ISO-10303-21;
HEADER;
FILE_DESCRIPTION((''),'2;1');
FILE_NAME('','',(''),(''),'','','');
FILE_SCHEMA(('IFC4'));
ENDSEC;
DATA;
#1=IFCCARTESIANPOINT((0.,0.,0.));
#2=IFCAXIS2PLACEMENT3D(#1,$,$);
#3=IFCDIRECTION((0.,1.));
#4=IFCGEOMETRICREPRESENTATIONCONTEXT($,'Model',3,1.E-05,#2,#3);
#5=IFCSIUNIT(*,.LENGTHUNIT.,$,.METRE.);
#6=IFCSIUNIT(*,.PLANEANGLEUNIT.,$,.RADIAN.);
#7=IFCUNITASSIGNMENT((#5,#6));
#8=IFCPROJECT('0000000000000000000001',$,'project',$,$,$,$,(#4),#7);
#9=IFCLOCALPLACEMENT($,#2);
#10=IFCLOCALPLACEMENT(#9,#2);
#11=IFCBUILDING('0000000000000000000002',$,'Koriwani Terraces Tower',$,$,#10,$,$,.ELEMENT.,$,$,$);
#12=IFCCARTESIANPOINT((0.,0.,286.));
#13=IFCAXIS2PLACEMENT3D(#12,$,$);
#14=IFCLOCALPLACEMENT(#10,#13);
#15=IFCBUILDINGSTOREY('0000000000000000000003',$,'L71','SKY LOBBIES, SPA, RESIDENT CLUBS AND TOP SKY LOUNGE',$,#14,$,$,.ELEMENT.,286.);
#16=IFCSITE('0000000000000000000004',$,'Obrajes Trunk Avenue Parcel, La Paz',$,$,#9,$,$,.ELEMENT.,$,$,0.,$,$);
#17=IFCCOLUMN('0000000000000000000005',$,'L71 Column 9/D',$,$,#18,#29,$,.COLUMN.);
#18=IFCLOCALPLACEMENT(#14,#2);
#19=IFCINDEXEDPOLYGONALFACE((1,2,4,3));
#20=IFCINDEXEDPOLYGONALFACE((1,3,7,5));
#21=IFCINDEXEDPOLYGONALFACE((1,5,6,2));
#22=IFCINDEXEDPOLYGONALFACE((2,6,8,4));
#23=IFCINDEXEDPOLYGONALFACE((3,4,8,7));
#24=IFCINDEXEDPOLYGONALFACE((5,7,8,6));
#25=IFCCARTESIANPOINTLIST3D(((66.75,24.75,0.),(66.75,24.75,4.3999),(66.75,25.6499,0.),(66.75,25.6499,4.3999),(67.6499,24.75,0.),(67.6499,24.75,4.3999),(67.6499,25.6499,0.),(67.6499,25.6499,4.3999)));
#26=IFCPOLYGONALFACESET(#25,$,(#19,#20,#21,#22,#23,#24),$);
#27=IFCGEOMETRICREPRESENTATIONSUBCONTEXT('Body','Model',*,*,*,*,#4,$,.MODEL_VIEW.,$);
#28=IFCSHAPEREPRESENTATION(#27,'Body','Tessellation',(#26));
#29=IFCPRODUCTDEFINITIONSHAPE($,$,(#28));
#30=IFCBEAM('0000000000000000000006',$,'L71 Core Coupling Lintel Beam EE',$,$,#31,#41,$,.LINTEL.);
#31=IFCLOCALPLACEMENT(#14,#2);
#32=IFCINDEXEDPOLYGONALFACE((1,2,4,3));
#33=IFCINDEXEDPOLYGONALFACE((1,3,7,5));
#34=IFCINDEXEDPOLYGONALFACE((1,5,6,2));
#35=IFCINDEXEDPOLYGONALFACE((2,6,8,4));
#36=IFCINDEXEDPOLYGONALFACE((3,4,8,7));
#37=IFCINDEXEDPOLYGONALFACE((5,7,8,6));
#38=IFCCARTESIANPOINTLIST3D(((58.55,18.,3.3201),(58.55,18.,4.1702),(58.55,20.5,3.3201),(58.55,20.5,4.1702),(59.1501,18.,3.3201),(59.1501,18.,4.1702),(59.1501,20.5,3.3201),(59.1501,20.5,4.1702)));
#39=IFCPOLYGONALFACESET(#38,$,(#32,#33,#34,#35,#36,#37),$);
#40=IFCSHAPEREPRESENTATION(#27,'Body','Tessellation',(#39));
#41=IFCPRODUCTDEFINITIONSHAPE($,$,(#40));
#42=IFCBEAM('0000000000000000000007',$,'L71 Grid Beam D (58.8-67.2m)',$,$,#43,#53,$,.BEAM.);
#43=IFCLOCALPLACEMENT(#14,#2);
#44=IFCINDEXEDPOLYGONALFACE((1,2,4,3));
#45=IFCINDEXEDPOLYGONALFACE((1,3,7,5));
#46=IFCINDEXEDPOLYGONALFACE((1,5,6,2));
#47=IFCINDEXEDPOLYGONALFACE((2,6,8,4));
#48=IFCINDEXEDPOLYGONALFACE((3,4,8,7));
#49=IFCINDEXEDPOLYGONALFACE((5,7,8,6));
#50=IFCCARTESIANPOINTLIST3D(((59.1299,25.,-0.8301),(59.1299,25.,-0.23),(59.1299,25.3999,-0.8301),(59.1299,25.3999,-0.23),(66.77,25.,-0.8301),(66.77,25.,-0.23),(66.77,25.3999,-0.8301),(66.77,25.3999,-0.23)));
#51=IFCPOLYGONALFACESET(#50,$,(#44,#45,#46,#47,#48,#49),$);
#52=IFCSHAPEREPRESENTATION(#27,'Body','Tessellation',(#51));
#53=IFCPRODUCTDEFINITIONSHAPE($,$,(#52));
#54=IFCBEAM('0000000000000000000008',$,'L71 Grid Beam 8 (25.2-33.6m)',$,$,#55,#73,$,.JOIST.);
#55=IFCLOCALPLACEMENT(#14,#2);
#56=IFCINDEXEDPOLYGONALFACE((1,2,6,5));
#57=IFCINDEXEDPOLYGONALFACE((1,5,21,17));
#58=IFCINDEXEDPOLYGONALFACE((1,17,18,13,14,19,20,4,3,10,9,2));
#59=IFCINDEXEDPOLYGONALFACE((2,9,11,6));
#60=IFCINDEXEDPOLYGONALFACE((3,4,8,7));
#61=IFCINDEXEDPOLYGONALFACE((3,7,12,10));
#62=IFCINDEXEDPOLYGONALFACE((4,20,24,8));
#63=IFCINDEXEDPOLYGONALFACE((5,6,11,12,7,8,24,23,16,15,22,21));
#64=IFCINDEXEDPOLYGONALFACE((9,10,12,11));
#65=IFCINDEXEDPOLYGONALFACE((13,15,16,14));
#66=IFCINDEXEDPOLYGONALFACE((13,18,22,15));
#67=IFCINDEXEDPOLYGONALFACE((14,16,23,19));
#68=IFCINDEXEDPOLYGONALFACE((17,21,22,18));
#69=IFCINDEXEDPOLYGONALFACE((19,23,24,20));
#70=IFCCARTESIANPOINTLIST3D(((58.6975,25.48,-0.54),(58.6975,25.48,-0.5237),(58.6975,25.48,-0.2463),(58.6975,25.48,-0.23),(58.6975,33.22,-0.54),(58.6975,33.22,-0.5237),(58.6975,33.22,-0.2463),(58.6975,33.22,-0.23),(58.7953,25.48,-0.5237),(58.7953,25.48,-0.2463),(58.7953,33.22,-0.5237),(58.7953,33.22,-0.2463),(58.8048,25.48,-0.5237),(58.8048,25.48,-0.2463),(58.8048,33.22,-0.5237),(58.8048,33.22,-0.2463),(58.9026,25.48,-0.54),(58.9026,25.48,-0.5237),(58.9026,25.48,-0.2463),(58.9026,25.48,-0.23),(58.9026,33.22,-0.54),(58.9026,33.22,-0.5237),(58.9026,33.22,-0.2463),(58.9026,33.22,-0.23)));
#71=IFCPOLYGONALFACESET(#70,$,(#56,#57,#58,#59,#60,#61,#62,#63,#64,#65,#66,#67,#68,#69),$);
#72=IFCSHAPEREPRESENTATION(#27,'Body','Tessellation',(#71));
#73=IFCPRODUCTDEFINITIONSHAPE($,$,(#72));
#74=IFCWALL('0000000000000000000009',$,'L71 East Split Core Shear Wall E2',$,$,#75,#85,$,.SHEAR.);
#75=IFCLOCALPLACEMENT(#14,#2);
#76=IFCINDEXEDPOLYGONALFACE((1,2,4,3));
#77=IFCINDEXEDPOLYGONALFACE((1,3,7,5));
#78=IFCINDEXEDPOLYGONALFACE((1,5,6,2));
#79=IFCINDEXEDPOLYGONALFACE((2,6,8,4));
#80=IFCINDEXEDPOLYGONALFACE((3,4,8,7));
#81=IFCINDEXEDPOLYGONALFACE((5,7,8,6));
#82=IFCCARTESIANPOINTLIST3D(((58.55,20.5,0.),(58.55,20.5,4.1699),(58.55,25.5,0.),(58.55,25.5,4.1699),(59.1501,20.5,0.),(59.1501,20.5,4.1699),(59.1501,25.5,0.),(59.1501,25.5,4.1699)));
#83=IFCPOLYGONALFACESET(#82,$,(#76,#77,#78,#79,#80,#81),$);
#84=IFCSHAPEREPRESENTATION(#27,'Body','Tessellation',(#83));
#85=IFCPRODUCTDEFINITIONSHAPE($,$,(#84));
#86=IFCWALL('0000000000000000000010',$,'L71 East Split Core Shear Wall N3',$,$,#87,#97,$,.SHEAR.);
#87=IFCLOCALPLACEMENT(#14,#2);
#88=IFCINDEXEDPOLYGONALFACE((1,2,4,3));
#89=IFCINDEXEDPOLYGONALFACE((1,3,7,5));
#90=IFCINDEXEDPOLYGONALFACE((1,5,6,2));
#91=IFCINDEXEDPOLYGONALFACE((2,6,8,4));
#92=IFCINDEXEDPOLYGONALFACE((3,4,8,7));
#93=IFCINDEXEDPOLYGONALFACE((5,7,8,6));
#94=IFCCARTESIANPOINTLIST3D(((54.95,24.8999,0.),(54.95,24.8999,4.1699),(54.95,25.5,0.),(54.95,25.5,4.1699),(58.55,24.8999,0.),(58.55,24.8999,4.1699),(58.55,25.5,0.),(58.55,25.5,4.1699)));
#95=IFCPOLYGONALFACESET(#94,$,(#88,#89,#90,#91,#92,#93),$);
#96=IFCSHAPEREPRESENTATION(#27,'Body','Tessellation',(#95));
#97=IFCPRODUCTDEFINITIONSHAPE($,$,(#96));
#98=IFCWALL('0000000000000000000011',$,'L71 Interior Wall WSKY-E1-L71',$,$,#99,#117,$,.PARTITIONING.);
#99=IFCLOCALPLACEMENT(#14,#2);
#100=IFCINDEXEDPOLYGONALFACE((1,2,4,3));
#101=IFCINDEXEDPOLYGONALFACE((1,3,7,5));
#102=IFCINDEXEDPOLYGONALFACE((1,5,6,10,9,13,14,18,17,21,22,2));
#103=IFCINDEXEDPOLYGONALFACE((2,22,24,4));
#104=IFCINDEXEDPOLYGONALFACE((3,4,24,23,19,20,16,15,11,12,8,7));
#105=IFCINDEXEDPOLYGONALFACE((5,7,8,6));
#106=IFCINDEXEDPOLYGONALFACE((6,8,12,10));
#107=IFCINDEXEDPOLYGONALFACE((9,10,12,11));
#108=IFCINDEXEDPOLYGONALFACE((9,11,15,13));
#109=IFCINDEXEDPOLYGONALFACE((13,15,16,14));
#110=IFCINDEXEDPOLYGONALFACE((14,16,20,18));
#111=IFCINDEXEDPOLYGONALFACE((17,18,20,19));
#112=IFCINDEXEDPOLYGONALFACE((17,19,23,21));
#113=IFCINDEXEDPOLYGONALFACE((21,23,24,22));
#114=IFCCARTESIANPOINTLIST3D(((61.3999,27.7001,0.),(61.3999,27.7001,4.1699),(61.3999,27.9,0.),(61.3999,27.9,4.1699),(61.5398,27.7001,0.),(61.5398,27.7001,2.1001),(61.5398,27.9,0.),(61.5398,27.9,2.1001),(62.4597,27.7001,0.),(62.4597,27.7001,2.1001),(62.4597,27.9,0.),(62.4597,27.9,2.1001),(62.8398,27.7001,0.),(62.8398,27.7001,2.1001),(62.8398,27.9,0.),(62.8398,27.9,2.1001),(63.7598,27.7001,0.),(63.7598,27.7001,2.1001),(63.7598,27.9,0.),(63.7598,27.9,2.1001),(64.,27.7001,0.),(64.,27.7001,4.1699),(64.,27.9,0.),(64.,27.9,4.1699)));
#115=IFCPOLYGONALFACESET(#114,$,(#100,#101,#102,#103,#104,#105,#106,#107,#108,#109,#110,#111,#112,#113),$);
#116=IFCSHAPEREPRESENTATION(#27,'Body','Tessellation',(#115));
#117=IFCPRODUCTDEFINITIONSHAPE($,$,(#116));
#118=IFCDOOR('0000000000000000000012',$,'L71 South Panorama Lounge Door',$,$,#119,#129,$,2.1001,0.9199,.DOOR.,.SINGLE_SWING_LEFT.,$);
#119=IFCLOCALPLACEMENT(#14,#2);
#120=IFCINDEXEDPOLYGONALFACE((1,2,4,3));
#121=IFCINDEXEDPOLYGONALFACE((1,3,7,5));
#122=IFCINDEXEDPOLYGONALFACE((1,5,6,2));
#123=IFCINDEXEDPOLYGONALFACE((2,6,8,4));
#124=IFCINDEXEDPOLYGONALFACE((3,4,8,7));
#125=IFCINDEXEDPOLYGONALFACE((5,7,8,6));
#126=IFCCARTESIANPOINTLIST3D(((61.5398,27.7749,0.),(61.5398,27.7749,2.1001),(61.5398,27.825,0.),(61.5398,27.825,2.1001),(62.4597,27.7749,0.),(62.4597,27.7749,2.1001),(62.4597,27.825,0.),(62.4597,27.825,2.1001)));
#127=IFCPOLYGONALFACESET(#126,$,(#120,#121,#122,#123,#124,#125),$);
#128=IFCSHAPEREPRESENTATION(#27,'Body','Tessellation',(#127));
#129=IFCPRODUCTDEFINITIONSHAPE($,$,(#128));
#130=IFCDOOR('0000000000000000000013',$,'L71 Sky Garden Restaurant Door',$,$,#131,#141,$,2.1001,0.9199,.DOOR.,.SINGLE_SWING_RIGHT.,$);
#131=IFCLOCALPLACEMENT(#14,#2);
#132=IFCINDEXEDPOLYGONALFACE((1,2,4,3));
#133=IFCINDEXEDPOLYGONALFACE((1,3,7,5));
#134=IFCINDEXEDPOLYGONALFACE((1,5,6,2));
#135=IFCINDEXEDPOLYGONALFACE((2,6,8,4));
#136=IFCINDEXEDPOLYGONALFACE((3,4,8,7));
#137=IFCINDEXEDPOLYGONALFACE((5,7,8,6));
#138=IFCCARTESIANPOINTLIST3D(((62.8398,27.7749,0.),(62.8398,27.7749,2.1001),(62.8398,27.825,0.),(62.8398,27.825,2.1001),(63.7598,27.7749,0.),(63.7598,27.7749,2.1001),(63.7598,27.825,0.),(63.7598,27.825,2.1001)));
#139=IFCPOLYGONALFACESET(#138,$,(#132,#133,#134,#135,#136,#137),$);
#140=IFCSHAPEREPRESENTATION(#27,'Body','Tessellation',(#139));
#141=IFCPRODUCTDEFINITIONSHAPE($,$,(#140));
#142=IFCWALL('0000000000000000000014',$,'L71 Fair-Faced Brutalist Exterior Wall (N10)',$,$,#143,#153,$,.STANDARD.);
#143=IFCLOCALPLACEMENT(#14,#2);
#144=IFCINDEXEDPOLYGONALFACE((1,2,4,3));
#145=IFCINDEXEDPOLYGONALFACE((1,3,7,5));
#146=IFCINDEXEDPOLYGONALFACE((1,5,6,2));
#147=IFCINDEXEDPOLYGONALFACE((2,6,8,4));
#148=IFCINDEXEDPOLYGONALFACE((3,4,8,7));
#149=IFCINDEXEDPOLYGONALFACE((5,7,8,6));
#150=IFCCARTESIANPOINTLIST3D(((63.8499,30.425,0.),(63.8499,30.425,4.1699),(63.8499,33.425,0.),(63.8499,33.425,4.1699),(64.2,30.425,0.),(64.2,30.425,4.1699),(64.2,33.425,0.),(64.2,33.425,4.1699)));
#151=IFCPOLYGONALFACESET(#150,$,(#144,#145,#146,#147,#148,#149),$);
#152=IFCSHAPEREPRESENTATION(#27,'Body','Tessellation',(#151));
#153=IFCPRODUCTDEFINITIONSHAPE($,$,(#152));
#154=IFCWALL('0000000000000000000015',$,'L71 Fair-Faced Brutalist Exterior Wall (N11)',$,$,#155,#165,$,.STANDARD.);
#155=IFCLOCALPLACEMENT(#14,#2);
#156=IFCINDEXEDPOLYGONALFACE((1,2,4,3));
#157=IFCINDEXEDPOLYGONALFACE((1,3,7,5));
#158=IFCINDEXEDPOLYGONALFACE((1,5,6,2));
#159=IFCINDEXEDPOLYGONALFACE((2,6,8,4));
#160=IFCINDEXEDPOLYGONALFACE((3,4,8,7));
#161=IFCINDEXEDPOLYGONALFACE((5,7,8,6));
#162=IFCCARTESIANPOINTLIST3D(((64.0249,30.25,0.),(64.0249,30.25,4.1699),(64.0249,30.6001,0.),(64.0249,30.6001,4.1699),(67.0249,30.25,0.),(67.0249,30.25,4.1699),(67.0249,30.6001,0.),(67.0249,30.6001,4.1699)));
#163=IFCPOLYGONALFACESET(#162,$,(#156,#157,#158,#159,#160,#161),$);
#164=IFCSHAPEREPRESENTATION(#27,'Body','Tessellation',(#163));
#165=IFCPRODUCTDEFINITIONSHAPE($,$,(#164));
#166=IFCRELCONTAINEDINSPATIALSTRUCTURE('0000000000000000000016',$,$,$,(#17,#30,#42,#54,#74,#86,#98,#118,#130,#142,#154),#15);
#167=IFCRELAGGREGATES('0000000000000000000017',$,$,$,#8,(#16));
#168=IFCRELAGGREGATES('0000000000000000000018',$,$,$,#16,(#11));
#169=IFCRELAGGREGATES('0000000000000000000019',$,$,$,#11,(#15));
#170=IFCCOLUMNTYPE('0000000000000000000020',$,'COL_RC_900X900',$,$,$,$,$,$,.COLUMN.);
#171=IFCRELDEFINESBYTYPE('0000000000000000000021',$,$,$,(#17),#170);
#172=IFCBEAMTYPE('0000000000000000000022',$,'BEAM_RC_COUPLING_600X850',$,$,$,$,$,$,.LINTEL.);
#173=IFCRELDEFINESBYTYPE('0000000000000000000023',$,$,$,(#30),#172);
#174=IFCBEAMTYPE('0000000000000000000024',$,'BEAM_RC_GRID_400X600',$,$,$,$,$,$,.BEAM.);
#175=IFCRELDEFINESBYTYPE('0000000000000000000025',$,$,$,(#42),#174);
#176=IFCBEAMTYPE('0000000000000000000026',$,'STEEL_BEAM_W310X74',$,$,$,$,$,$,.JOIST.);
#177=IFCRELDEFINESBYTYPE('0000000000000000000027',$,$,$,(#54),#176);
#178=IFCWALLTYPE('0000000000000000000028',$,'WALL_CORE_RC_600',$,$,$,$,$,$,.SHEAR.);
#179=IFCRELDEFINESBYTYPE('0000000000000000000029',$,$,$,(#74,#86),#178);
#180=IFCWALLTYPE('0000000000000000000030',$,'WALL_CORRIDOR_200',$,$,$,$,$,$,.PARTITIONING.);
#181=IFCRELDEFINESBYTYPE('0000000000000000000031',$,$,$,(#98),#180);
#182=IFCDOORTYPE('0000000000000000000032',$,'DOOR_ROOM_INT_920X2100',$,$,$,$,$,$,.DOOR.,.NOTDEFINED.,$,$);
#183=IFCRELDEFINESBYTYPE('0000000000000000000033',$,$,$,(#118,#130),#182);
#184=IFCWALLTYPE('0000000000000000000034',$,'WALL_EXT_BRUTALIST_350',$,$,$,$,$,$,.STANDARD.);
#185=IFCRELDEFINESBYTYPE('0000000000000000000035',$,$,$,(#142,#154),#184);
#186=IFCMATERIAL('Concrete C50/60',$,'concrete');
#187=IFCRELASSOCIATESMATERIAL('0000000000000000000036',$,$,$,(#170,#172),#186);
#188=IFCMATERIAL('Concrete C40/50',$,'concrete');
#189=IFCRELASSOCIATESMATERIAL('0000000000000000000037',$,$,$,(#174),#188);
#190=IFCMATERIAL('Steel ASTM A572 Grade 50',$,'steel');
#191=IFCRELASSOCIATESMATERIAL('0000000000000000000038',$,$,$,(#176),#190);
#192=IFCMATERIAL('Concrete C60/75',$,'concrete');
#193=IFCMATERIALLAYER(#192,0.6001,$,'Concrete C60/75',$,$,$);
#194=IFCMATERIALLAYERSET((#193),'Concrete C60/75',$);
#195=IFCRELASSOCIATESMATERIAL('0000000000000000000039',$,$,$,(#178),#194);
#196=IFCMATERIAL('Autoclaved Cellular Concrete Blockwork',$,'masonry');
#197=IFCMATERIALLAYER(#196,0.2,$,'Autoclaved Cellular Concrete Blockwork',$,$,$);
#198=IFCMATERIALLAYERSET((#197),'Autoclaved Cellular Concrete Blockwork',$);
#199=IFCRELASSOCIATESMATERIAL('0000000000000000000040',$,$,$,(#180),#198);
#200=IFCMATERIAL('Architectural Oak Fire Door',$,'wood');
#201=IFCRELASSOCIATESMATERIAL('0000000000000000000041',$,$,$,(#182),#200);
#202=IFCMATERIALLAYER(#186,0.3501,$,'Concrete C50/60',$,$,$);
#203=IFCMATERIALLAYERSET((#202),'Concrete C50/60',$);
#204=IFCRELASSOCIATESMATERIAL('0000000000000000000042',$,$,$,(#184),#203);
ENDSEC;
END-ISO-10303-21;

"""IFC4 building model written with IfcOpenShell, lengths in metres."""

from ifc_helpers import new_model, si_unit, direction, frame, frame_2d, origin, origin_2d, place, context, subcontext, project, spatial, rectangle, i_section, extrude, material, layer, layer_set, material_profile, profile_set, type_object, element, fill, save


model = new_model("IFC4")

# Units and contexts
model_context = context("Model", 3, precision=1e-05, world=origin(), true_north=direction((0.0, 1.0)))
body_context = subcontext(model_context, "Body", "Model", "MODEL_VIEW")
ifc_project = project(units=[si_unit("LENGTHUNIT", "METRE"), si_unit("PLANEANGLEUNIT", "RADIAN")], contexts=[model_context])

# Site, building, storey
site_placement = place(None, origin())
site = spatial("IfcSite", under=ifc_project, at=site_placement, Name="Obrajes Trunk Avenue Parcel, La Paz", CompositionType="ELEMENT", RefElevation=0.0)
building_placement = place(site_placement, origin())
building = spatial("IfcBuilding", under=site, at=building_placement, Name="Koriwani Terraces Tower", CompositionType="ELEMENT")
storey_placement = place(building_placement, frame((0.0, 0.0, 286.0)))
storey = spatial("IfcBuildingStorey", under=building, at=storey_placement, Name="L71", Description="SKY LOBBIES, SPA, RESIDENT CLUBS AND TOP SKY LOUNGE", CompositionType="ELEMENT", Elevation=286.0)

# Column
ifc_material_1 = material(Name="Concrete C50/60", Category="concrete")
ifc_material_profile_1 = material_profile(ifc_material_1, rectangle(XDim=0.8999, YDim=0.8999, at=origin_2d()), Name="Concrete C50/60", Category="LoadBearing")
ifc_profile_set_1 = profile_set([ifc_material_profile_1], Name="Concrete C50/60")
column_type = type_object("IfcColumnType", Name="COL_RC_900X900", PredefinedType="COLUMN", material=ifc_profile_set_1)
column_placement = place(storey_placement, frame((67.2, 25.2, 0.0), z_axis=(0.0, 0.0, 1.0), x_axis=(1.0, 0.0, 0.0)))
element("IfcColumn", 1, at=column_placement, inside=storey, type_object=column_type, Name="L71 Column 9/D", PredefinedType="COLUMN", context=body_context, shape_type="SweptSolid", body=[
    extrude(rectangle(XDim=0.8999, YDim=0.8999, at=origin_2d()), origin(), (0.0, 0.0, 1.0), 4.3999),
])

# Beams
ifc_material_profile_2 = material_profile(ifc_material_1, rectangle(XDim=0.6001, YDim=0.8501, at=origin_2d()), Name="Concrete C50/60", Category="LoadBearing")
ifc_profile_set_2 = profile_set([ifc_material_profile_2], Name="Concrete C50/60")
beam_type_1 = type_object("IfcBeamType", Name="BEAM_RC_COUPLING_600X850", PredefinedType="LINTEL", material=ifc_profile_set_2)
beam_1_placement = place(storey_placement, frame((58.8501, 18.0, 3.7451), z_axis=(0.0, 1.0, 0.0), x_axis=(-1.0, 0.0, 0.0)))
element("IfcBeam", 2, at=beam_1_placement, inside=storey, type_object=beam_type_1, Name="L71 Core Coupling Lintel Beam EE", PredefinedType="LINTEL", context=body_context, shape_type="SweptSolid", body=[
    extrude(rectangle(XDim=0.6001, YDim=0.8501, at=origin_2d()), origin(), (0.0, 0.0, 1.0), 2.5),
])
ifc_material_2 = material(Name="Concrete C40/50", Category="concrete")
ifc_material_profile_3 = material_profile(ifc_material_2, rectangle(XDim=0.3999, YDim=0.6001, at=origin_2d()), Name="Concrete C40/50", Category="LoadBearing")
ifc_profile_set_3 = profile_set([ifc_material_profile_3], Name="Concrete C40/50")
beam_type_2 = type_object("IfcBeamType", Name="BEAM_RC_GRID_400X600", PredefinedType="BEAM", material=ifc_profile_set_3)
beam_2_placement = place(storey_placement, frame((59.1299, 25.2, -0.53), z_axis=(1.0, 0.0, 0.0), x_axis=(0.0, 1.0, 0.0)))
element("IfcBeam", 3, at=beam_2_placement, inside=storey, type_object=beam_type_2, Name="L71 Grid Beam D (58.8-67.2m)", PredefinedType="BEAM", context=body_context, shape_type="SweptSolid", body=[
    extrude(rectangle(XDim=0.3999, YDim=0.6001, at=origin_2d()), origin(), (0.0, 0.0, 1.0), 7.6401),
])
ifc_material_3 = material(Name="Steel ASTM A572 Grade 50", Category="steel")
ifc_material_profile_4 = material_profile(ifc_material_3, i_section(OverallWidth=0.2051, OverallDepth=0.3101, WebThickness=0.0095, FlangeThickness=0.0164, at=origin_2d()), Name="Steel ASTM A572 Grade 50", Category="LoadBearing")
ifc_profile_set_4 = profile_set([ifc_material_profile_4], Name="Steel ASTM A572 Grade 50")
beam_type_3 = type_object("IfcBeamType", Name="STEEL_BEAM_W310X74", PredefinedType="JOIST", material=ifc_profile_set_4)
beam_3_placement = place(storey_placement, frame((58.8, 25.48, -0.385), z_axis=(0.0, 1.0, 0.0), x_axis=(-1.0, 0.0, 0.0)))
element("IfcBeam", 4, at=beam_3_placement, inside=storey, type_object=beam_type_3, Name="L71 Grid Beam 8 (25.2-33.6m)", PredefinedType="JOIST", context=body_context, shape_type="SweptSolid", body=[
    extrude(i_section(OverallWidth=0.2051, OverallDepth=0.3101, WebThickness=0.0095, FlangeThickness=0.0164, at=origin_2d()), origin(), (0.0, 0.0, 1.0), 7.74),
])

# Walls
ifc_material_4 = material(Name="Concrete C60/75", Category="concrete")
ifc_layer_1 = layer(ifc_material_4, 0.6001, Name="Concrete C60/75")
ifc_layer_set_1 = layer_set([ifc_layer_1], Name="Concrete C60/75")
wall_type_1 = type_object("IfcWallType", Name="WALL_CORE_RC_600", PredefinedType="SHEAR", material=ifc_layer_set_1)
wall_1_placement = place(storey_placement, frame((58.8501, 20.5, 0.0), z_axis=(0.0, 0.0, 1.0), x_axis=(0.0, 1.0, 0.0)))
element("IfcWall", 5, at=wall_1_placement, inside=storey, type_object=wall_type_1, Name="L71 East Split Core Shear Wall E2", PredefinedType="SHEAR", context=body_context, shape_type="SweptSolid", body=[
    extrude(rectangle(XDim=5.0, YDim=0.6001, at=frame_2d((2.5, 0.0))), origin(), (0.0, 0.0, 1.0), 4.1699),
])
wall_2_placement = place(storey_placement, frame((54.95, 25.2, 0.0), z_axis=(0.0, 0.0, 1.0), x_axis=(1.0, 0.0, 0.0)))
element("IfcWall", 6, at=wall_2_placement, inside=storey, type_object=wall_type_1, Name="L71 East Split Core Shear Wall N3", PredefinedType="SHEAR", context=body_context, shape_type="SweptSolid", body=[
    extrude(rectangle(XDim=3.6001, YDim=0.6001, at=frame_2d((1.8, 0.0))), origin(), (0.0, 0.0, 1.0), 4.1699),
])

# Wall, openings, doors
ifc_material_5 = material(Name="Autoclaved Cellular Concrete Blockwork", Category="masonry")
ifc_layer_2 = layer(ifc_material_5, 0.2, Name="Autoclaved Cellular Concrete Blockwork")
ifc_layer_set_2 = layer_set([ifc_layer_2], Name="Autoclaved Cellular Concrete Blockwork")
wall_type_2 = type_object("IfcWallType", Name="WALL_CORRIDOR_200", PredefinedType="PARTITIONING", material=ifc_layer_set_2)
wall_3_placement = place(storey_placement, frame((61.3999, 27.8, 0.0), z_axis=(0.0, 0.0, 1.0), x_axis=(1.0, 0.0, 0.0)))
wall_3 = element("IfcWall", 7, at=wall_3_placement, inside=storey, type_object=wall_type_2, Name="L71 Interior Wall WSKY-E1-L71", PredefinedType="PARTITIONING", context=body_context, shape_type="SweptSolid", body=[
    extrude(rectangle(XDim=2.6001, YDim=0.2, at=frame_2d((1.3, 0.0))), origin(), (0.0, 0.0, 1.0), 4.1699),
])
opening_1_placement = place(wall_3_placement, frame((0.1399, 0.0, 0.0)))
opening_1 = element("IfcOpeningElement", 8, at=opening_1_placement, cuts=wall_3, PredefinedType="OPENING", context=body_context, shape_type="SweptSolid", body=[
    extrude(rectangle(XDim=0.9199, YDim=2.1001, at=frame_2d((0.46, 1.05))), frame((0.0, 0.1099, 0.0), z_axis=(0.0, -1.0, 0.0), x_axis=(1.0, 0.0, 0.0)), (0.0, 0.0, 1.0), 0.22),
])
opening_2_placement = place(wall_3_placement, frame((1.4399, 0.0, 0.0)))
opening_2 = element("IfcOpeningElement", 9, at=opening_2_placement, cuts=wall_3, PredefinedType="OPENING", context=body_context, shape_type="SweptSolid", body=[
    extrude(rectangle(XDim=0.9199, YDim=2.1001, at=frame_2d((0.46, 1.05))), frame((0.0, 0.1099, 0.0), z_axis=(0.0, -1.0, 0.0), x_axis=(1.0, 0.0, 0.0)), (0.0, 0.0, 1.0), 0.22),
])
ifc_material_6 = material(Name="Architectural Oak Fire Door", Category="wood")
door_type_1 = type_object("IfcDoorType", Name="DOOR_ROOM_INT_920X2100", OperationType="NOTDEFINED", PredefinedType="DOOR", material=ifc_material_6)
door_1_placement = place(opening_1_placement, origin())
door_1 = element("IfcDoor", 10, at=door_1_placement, inside=storey, type_object=door_type_1, Name="L71 South Panorama Lounge Door", OperationType="SINGLE_SWING_LEFT", OverallHeight=2.1001, OverallWidth=0.9199, PredefinedType="DOOR", context=body_context, shape_type="SweptSolid", body=[
    extrude(rectangle(XDim=0.9199, YDim=2.1001, at=frame_2d((0.46, 1.05))), frame((0.0, 0.0249, 0.0), z_axis=(0.0, -1.0, 0.0), x_axis=(1.0, 0.0, 0.0)), (0.0, 0.0, 1.0), 0.05),
])
fill(opening_1, door_1)
door_2_placement = place(opening_2_placement, origin())
door_2 = element("IfcDoor", 11, at=door_2_placement, inside=storey, type_object=door_type_1, Name="L71 Sky Garden Restaurant Door", OperationType="SINGLE_SWING_RIGHT", OverallHeight=2.1001, OverallWidth=0.9199, PredefinedType="DOOR", context=body_context, shape_type="SweptSolid", body=[
    extrude(rectangle(XDim=0.9199, YDim=2.1001, at=frame_2d((0.46, 1.05))), frame((0.0, 0.0249, 0.0), z_axis=(0.0, -1.0, 0.0), x_axis=(1.0, 0.0, 0.0)), (0.0, 0.0, 1.0), 0.05),
])
fill(opening_2, door_2)

# Walls
ifc_layer_3 = layer(ifc_material_1, 0.3501, Name="Concrete C50/60")
ifc_layer_set_3 = layer_set([ifc_layer_3], Name="Concrete C50/60")
wall_type_3 = type_object("IfcWallType", Name="WALL_EXT_BRUTALIST_350", PredefinedType="STANDARD", material=ifc_layer_set_3)
for number, where, z_axis, x_axis, name in (
    (12, (64.0249, 33.425, 0.0), (0.0, 0.0, 1.0), (0.0, -1.0, 0.0), "L71 Fair-Faced Brutalist Exterior Wall (N10)"),
    (13, (64.0249, 30.425, 0.0), (0.0, 0.0, 1.0), (1.0, 0.0, 0.0), "L71 Fair-Faced Brutalist Exterior Wall (N11)"),
):
    element("IfcWall", number, at=place(storey_placement, frame(where, z_axis=z_axis, x_axis=x_axis)), inside=storey, type_object=wall_type_3, Name=name, PredefinedType="STANDARD", context=body_context, shape_type="SweptSolid", body=[
        extrude(rectangle(XDim=3.0, YDim=0.3501, at=frame_2d((1.5, 0.0))), origin(), (0.0, 0.0, 1.0), 4.1699),
    ])

save(model, "model.ifc")
